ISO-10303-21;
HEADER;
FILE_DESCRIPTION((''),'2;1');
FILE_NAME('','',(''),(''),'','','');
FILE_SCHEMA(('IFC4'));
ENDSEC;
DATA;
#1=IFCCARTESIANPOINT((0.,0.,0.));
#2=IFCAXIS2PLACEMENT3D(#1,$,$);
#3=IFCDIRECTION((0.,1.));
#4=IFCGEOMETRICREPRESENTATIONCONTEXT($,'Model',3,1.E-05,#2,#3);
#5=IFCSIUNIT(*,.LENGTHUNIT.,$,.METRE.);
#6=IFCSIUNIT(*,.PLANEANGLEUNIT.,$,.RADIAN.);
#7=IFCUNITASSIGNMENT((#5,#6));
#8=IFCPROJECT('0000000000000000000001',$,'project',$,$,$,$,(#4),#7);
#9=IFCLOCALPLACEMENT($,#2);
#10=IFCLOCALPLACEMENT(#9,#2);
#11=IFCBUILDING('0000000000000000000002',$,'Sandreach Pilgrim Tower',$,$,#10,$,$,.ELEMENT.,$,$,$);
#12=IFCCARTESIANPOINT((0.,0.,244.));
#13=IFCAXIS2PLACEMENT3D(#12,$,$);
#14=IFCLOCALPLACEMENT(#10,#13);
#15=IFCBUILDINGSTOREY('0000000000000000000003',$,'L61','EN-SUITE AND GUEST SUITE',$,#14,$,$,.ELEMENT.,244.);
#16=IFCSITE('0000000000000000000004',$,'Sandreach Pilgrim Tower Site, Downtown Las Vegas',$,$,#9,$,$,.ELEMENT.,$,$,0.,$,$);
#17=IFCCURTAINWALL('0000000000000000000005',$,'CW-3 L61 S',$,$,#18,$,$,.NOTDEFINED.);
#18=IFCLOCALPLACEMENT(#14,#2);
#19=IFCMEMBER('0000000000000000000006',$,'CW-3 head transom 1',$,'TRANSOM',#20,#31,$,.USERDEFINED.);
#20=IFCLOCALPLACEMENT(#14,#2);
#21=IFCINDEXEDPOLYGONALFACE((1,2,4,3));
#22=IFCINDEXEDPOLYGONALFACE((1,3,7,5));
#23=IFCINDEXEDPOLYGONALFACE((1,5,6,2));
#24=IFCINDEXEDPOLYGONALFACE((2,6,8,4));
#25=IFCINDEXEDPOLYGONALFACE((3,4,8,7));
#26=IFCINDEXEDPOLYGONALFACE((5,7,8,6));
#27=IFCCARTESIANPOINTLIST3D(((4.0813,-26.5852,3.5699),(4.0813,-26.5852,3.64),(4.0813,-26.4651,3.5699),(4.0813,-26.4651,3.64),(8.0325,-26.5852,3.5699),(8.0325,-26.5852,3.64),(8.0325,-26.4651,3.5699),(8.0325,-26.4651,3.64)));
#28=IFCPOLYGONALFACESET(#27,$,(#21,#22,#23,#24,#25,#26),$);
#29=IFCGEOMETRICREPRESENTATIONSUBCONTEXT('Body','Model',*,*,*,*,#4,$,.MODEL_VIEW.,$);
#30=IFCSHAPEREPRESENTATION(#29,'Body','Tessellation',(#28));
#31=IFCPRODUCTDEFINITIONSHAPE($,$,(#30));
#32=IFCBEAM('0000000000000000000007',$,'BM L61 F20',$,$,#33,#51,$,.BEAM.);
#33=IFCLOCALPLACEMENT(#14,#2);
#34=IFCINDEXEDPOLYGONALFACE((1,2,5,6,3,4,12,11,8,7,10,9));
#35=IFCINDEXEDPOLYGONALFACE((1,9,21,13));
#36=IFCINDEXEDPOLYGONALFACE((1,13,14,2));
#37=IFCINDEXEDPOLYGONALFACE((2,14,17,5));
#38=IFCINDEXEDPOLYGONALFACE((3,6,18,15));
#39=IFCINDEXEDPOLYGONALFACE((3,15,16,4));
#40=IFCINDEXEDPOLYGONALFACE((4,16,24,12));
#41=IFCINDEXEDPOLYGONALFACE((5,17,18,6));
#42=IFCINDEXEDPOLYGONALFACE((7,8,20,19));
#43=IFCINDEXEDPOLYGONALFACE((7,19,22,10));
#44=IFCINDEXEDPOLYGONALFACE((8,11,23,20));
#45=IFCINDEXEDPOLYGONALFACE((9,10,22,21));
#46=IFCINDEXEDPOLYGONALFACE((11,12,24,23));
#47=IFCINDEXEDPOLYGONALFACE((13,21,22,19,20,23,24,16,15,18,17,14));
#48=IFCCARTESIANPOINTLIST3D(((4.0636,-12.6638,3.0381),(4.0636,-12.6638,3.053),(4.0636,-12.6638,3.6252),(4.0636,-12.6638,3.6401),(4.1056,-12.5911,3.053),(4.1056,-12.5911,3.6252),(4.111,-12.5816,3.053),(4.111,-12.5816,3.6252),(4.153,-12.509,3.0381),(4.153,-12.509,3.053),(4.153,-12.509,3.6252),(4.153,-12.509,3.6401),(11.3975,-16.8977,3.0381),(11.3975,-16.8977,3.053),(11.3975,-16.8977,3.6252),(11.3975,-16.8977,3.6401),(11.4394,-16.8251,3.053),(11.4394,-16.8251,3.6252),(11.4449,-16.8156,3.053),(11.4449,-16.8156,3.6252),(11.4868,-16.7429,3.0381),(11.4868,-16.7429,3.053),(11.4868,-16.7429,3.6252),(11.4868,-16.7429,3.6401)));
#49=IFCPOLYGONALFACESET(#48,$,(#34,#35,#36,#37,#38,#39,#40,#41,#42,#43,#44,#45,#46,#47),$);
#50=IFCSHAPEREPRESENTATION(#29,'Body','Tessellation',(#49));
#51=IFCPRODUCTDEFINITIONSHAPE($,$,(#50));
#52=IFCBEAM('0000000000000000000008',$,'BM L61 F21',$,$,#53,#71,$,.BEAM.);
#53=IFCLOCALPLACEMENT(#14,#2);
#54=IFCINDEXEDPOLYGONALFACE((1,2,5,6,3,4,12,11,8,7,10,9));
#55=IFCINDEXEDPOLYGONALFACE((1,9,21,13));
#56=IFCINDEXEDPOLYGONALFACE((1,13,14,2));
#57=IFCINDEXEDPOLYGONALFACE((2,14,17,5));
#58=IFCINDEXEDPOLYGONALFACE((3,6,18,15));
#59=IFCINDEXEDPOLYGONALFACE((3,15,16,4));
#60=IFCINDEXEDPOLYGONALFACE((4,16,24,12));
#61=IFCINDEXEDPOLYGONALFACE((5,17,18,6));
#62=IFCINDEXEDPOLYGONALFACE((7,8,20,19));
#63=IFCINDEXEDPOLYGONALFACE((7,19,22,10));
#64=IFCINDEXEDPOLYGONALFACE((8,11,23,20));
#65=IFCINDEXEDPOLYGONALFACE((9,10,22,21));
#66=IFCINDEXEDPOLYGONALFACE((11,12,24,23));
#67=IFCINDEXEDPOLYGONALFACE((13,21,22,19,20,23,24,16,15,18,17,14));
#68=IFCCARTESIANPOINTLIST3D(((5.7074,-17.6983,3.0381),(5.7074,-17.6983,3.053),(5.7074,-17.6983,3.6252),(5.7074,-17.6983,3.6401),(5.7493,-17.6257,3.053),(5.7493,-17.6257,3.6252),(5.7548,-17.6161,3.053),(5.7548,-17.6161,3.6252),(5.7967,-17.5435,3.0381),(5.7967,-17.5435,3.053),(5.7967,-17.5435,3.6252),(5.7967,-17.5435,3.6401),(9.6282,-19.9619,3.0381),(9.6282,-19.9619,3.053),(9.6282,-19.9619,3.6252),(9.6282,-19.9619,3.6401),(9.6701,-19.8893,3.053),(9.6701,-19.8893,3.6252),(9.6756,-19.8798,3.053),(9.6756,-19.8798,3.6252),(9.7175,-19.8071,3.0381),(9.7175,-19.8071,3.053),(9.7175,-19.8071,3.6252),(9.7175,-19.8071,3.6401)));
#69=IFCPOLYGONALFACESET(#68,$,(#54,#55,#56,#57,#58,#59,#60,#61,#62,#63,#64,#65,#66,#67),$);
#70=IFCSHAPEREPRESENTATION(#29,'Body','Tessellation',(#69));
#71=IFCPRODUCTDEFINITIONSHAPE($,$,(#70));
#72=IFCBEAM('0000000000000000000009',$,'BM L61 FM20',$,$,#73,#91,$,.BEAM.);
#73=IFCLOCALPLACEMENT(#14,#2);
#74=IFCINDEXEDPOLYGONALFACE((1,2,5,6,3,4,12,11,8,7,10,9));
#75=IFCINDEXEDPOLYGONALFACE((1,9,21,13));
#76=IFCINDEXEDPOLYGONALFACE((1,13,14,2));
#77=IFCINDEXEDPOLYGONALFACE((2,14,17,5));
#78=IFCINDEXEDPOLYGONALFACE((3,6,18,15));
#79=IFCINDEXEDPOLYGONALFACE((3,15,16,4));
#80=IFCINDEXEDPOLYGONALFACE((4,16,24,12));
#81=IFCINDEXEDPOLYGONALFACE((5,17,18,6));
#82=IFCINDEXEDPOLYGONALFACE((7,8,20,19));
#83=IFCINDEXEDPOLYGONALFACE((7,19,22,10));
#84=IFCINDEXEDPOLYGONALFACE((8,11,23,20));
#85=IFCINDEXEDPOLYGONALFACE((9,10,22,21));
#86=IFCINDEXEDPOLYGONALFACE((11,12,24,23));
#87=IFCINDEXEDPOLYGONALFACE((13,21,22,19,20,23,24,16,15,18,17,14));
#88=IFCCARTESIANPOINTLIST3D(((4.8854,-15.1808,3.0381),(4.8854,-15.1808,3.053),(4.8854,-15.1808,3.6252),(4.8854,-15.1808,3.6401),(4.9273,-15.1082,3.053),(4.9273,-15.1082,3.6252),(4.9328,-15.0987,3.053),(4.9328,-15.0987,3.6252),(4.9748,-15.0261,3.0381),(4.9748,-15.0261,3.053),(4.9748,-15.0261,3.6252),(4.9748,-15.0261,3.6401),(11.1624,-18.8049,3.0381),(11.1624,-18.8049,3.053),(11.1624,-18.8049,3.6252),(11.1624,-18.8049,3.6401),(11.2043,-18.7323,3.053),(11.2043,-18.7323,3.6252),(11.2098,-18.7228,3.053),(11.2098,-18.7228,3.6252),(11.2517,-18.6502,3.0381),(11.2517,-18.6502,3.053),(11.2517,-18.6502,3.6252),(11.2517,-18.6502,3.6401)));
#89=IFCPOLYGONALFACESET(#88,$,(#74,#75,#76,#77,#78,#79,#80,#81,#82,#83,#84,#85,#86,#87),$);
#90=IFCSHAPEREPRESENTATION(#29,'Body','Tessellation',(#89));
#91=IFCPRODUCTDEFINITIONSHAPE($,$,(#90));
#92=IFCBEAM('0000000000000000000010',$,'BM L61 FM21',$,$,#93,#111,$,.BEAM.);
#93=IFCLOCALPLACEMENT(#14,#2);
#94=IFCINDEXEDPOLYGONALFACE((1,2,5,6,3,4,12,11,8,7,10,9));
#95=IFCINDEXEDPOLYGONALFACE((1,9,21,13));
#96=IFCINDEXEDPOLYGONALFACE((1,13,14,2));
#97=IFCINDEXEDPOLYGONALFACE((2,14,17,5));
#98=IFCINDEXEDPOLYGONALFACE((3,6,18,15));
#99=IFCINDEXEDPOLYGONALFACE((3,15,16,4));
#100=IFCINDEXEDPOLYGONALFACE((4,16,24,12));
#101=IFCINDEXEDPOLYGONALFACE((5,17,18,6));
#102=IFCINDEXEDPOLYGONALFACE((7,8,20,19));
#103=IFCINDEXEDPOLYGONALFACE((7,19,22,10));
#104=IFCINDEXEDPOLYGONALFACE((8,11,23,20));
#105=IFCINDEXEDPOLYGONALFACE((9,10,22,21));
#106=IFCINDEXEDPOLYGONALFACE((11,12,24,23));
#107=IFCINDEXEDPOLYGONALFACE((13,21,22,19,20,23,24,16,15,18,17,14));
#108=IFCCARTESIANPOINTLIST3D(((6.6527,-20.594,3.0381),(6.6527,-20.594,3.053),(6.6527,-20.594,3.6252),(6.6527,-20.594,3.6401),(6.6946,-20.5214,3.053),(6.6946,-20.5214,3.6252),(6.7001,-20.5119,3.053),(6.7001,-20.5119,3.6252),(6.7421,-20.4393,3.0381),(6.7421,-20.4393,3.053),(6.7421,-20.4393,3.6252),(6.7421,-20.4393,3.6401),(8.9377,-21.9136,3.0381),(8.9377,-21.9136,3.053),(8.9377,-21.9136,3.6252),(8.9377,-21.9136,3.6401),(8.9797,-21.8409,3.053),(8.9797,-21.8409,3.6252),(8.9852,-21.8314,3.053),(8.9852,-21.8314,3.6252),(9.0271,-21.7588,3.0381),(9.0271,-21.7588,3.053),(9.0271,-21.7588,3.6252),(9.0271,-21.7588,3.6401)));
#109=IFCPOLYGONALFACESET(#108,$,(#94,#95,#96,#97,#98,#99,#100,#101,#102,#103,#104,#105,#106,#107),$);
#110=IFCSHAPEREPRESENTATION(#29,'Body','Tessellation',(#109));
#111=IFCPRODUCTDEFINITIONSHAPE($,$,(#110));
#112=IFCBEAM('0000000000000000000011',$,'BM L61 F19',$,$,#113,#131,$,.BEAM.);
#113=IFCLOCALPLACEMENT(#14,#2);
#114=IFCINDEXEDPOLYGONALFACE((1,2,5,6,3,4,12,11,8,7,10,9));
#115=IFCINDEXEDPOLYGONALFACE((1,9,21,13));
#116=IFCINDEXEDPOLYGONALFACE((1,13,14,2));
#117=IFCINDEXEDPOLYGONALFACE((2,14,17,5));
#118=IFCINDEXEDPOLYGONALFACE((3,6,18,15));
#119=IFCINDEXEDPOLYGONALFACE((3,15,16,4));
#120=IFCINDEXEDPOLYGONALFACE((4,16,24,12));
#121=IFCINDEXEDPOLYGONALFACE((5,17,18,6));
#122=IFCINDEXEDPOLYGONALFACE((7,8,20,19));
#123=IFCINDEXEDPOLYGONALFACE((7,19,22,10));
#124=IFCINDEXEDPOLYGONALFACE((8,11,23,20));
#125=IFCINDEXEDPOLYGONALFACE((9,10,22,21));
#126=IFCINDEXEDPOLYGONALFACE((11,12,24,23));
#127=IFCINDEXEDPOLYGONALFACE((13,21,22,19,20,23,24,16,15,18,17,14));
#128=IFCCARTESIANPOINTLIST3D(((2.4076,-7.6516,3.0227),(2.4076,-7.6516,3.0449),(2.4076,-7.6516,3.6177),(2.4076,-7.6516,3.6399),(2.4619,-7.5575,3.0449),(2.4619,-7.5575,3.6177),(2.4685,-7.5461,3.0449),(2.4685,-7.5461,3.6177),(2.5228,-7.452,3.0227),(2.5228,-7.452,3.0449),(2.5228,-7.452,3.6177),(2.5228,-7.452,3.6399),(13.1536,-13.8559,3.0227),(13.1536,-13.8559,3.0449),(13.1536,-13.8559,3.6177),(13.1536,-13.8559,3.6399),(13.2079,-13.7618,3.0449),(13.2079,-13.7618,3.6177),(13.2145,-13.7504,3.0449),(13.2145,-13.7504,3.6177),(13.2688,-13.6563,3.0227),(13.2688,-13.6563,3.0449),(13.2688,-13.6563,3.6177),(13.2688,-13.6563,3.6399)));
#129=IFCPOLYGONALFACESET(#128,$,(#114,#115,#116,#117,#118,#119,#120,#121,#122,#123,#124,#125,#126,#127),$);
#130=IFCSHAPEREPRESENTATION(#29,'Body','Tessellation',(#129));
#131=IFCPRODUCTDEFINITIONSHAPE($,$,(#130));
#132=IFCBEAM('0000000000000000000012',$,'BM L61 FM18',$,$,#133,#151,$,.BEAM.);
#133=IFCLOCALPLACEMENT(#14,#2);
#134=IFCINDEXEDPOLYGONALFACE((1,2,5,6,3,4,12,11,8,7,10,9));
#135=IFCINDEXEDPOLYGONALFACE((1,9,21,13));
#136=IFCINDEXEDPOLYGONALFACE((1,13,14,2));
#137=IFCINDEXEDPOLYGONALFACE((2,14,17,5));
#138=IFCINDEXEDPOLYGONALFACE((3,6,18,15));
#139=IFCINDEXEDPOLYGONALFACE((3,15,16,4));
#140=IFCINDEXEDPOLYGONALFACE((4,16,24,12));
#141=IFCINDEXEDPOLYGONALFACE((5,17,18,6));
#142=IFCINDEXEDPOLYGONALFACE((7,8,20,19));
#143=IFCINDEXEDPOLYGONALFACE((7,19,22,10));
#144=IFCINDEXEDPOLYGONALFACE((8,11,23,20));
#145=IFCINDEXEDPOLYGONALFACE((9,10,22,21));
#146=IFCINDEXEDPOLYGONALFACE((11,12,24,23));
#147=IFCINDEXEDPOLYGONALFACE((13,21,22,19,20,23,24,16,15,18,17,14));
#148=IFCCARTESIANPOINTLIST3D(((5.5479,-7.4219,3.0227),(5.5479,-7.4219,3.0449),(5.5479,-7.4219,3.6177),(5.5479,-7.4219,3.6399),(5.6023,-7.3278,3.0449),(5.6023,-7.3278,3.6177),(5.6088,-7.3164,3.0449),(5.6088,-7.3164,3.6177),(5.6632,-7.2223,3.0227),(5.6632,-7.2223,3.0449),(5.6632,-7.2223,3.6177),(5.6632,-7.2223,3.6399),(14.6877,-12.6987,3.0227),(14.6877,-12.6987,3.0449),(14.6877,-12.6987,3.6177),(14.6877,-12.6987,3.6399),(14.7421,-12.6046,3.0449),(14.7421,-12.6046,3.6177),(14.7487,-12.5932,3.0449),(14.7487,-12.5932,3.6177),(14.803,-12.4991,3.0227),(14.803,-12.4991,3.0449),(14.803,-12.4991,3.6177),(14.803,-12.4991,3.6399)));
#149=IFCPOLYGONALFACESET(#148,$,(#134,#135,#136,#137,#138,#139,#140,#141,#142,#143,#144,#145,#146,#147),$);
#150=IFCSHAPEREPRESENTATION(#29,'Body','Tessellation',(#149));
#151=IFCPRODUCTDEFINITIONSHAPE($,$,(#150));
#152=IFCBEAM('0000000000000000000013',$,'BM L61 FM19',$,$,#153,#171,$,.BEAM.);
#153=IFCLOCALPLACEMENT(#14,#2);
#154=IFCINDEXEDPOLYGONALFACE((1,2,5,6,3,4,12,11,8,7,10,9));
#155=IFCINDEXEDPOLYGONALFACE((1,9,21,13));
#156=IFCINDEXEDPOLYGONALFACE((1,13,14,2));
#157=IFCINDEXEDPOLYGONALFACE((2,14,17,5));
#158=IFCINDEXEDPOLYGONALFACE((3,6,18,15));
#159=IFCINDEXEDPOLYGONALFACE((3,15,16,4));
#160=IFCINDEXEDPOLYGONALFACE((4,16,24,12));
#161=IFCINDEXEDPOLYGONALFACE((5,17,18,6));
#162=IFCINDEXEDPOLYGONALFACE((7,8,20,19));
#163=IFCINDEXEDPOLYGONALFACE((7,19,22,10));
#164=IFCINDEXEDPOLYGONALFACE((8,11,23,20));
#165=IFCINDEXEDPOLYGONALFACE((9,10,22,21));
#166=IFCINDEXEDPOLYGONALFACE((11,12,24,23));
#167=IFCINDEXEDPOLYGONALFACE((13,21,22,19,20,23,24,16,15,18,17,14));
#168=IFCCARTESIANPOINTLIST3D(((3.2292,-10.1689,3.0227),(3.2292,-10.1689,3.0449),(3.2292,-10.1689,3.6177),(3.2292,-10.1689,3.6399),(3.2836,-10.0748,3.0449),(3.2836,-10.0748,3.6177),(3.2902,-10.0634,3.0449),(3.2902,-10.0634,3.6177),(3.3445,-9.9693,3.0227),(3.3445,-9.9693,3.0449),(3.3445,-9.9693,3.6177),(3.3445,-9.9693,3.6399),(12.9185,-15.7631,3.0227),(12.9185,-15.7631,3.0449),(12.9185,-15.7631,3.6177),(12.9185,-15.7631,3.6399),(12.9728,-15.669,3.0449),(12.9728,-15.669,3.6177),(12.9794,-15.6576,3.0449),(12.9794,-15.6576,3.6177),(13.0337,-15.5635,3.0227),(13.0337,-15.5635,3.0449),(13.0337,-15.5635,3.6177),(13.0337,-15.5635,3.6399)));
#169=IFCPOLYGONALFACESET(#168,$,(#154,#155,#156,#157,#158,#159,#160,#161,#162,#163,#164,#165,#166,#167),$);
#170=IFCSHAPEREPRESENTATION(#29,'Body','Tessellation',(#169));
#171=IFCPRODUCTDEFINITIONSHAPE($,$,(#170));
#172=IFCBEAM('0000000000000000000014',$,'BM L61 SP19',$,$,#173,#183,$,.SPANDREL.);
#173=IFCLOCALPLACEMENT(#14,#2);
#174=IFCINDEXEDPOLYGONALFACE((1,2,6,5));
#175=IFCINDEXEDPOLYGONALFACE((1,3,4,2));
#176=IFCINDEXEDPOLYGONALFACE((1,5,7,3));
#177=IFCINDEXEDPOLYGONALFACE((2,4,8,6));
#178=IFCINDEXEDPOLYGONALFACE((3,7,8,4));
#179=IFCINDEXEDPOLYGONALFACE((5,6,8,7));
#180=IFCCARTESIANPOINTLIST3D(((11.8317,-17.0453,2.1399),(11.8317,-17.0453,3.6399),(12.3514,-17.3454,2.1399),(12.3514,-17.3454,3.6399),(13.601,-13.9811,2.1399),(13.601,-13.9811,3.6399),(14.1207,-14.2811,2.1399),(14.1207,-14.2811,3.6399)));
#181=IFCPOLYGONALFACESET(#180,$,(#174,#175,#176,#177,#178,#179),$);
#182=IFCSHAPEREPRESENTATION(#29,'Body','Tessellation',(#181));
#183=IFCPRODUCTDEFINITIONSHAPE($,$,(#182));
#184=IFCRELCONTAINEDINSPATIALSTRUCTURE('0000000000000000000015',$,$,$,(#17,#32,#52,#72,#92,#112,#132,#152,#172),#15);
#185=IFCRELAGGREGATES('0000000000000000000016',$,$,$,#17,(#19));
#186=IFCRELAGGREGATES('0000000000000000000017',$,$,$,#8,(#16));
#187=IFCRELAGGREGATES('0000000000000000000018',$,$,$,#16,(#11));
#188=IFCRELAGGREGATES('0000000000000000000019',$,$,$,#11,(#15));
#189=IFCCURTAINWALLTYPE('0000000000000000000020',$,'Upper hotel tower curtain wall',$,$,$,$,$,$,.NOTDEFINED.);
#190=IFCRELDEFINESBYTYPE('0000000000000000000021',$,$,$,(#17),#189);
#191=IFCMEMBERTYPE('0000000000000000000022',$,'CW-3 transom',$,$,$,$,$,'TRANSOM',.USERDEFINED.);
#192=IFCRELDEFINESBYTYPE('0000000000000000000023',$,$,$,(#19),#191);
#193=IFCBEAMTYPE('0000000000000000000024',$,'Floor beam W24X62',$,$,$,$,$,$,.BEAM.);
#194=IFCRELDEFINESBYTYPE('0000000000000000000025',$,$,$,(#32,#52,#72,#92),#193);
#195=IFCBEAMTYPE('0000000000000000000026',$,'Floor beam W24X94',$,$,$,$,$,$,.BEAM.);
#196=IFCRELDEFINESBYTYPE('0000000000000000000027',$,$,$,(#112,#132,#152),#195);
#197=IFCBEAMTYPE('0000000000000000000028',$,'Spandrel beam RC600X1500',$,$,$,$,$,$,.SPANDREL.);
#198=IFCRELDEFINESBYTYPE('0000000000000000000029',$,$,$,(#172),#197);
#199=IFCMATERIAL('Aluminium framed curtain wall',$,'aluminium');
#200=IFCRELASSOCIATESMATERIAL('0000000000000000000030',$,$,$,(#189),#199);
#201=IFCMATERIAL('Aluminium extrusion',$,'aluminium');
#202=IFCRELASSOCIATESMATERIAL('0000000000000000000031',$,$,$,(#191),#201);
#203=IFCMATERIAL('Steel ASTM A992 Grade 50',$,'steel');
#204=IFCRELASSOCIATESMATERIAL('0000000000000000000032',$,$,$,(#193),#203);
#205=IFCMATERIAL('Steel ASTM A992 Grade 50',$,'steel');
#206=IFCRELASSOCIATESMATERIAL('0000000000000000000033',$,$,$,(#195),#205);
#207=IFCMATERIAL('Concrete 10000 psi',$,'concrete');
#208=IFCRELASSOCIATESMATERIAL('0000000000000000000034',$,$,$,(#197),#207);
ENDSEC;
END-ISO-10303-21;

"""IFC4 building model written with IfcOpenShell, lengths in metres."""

from ifc_helpers import new_model, si_unit, direction, frame, origin, origin_2d, place, context, subcontext, project, spatial, rectangle, i_section, extrude, material, material_profile, profile_set, type_object, element, aggregate, save


model = new_model("IFC4")

# Units and contexts
model_context = context("Model", 3, precision=1e-05, world=origin(), true_north=direction((0.0, 1.0)))
body_context = subcontext(model_context, "Body", "Model", "MODEL_VIEW")
ifc_project = project(units=[si_unit("LENGTHUNIT", "METRE"), si_unit("PLANEANGLEUNIT", "RADIAN")], contexts=[model_context])

# Site, building, storey
site_placement = place(None, origin())
site = spatial("IfcSite", under=ifc_project, at=site_placement, Name="Sandreach Pilgrim Tower Site, Downtown Las Vegas", CompositionType="ELEMENT", RefElevation=0.0)
building_placement = place(site_placement, origin())
building = spatial("IfcBuilding", under=site, at=building_placement, Name="Sandreach Pilgrim Tower", CompositionType="ELEMENT")
storey_placement = place(building_placement, frame((0.0, 0.0, 244.0)))
storey = spatial("IfcBuildingStorey", under=building, at=storey_placement, Name="L61", Description="EN-SUITE AND GUEST SUITE", CompositionType="ELEMENT", Elevation=244.0)

# Shared definitions
ifc_material_1 = material(Name="Aluminium framed curtain wall", Category="aluminium")
curtain_wall_type = type_object("IfcCurtainWallType", Name="Upper hotel tower curtain wall", PredefinedType="NOTDEFINED", material=ifc_material_1)

# Curtain wall
curtain_wall_1_placement = place(storey_placement, origin())
curtain_wall_1 = element("IfcCurtainWall", 1, at=curtain_wall_1_placement, inside=storey, type_object=curtain_wall_type, Name="CW-3 L61 S", PredefinedType="NOTDEFINED")

# Member
ifc_material_2 = material(Name="Aluminium extrusion", Category="aluminium")
ifc_material_profile_1 = material_profile(ifc_material_2, rectangle(XDim=0.1201, YDim=0.0701, at=origin_2d()), Name="CW-3T 120X70")
ifc_profile_set_1 = profile_set([ifc_material_profile_1], Name="Aluminium extrusion")
member_type_1 = type_object("IfcMemberType", Name="CW-3 transom", ElementType="TRANSOM", PredefinedType="USERDEFINED", material=ifc_profile_set_1)
member_1_placement = place(storey_placement, frame((8.0325, -26.5251, 3.605), z_axis=(-1.0, 0.0, 0.0), x_axis=(0.0, -1.0, 0.0)))
member_1 = element("IfcMember", 2, at=member_1_placement, type_object=member_type_1, Name="CW-3 head transom 1", ObjectType="TRANSOM", PredefinedType="USERDEFINED", context=body_context, shape_type="SweptSolid", body=[
    extrude(rectangle(XDim=0.1201, YDim=0.0701, at=origin_2d()), origin(), (0.0, 0.0, 1.0), 3.9512),
])
aggregate(curtain_wall_1, [member_1])

# Beams
ifc_material_3 = material(Name="Steel ASTM A992 Grade 50", Category="steel")
ifc_material_profile_2 = material_profile(ifc_material_3, i_section(OverallWidth=0.1787, OverallDepth=0.6021, WebThickness=0.011, FlangeThickness=0.0149, at=origin_2d()), Name="W24X62")
ifc_profile_set_2 = profile_set([ifc_material_profile_2], Name="Steel ASTM A992 Grade 50")
beam_type_1 = type_object("IfcBeamType", Name="Floor beam W24X62", PredefinedType="BEAM", material=ifc_profile_set_2)
beam_1_placement = place(storey_placement, frame((11.4421, -16.8203, 3.3391), z_axis=(-0.866038, 0.499978, 0.0), x_axis=(-0.499978, -0.866038, 0.0)))
element("IfcBeam", 3, at=beam_1_placement, inside=storey, type_object=beam_type_1, Name="BM L61 F20", PredefinedType="BEAM", context=body_context, shape_type="SweptSolid", body=[
    extrude(i_section(OverallWidth=0.1787, OverallDepth=0.6021, WebThickness=0.011, FlangeThickness=0.0149, at=origin_2d()), origin(), (0.0, 0.0, 1.0), 8.4683),
])
beam_2_placement = place(storey_placement, frame((9.6729, -19.8845, 3.3391), z_axis=(-0.866031, 0.49999, 0.0), x_axis=(-0.49999, -0.866031, 0.0)))
element("IfcBeam", 4, at=beam_2_placement, inside=storey, type_object=beam_type_1, Name="BM L61 F21", PredefinedType="BEAM", context=body_context, shape_type="SweptSolid", body=[
    extrude(i_section(OverallWidth=0.1787, OverallDepth=0.6021, WebThickness=0.011, FlangeThickness=0.0149, at=origin_2d()), origin(), (0.0, 0.0, 1.0), 4.5273),
])
beam_3_placement = place(storey_placement, frame((11.207, -18.7275, 3.3391), z_axis=(-0.866021, 0.500008, 0.0), x_axis=(-0.500008, -0.866021, 0.0)))
element("IfcBeam", 5, at=beam_3_placement, inside=storey, type_object=beam_type_1, Name="BM L61 FM20", PredefinedType="BEAM", context=body_context, shape_type="SweptSolid", body=[
    extrude(i_section(OverallWidth=0.1787, OverallDepth=0.6021, WebThickness=0.011, FlangeThickness=0.0149, at=origin_2d()), origin(), (0.0, 0.0, 1.0), 7.248),
])
beam_4_placement = place(storey_placement, frame((8.9824, -21.8362, 3.3391), z_axis=(-0.865985, 0.500069, 0.0), x_axis=(-0.500069, -0.865985, 0.0)))
element("IfcBeam", 6, at=beam_4_placement, inside=storey, type_object=beam_type_1, Name="BM L61 FM21", PredefinedType="BEAM", context=body_context, shape_type="SweptSolid", body=[
    extrude(i_section(OverallWidth=0.1787, OverallDepth=0.6021, WebThickness=0.011, FlangeThickness=0.0149, at=origin_2d()), origin(), (0.0, 0.0, 1.0), 2.6387),
])
ifc_material_4 = material(Name="Steel ASTM A992 Grade 50", Category="steel")
ifc_material_profile_3 = material_profile(ifc_material_4, i_section(OverallWidth=0.2305, OverallDepth=0.6172, WebThickness=0.0132, FlangeThickness=0.0222, at=origin_2d()), Name="W24X94")
ifc_profile_set_3 = profile_set([ifc_material_profile_3], Name="Steel ASTM A992 Grade 50")
beam_type_2 = type_object("IfcBeamType", Name="Floor beam W24X94", PredefinedType="BEAM", material=ifc_profile_set_3)
beam_5_placement = place(storey_placement, frame((13.2112, -13.7561, 3.3313), z_axis=(-0.866022, 0.500005, 0.0), x_axis=(-0.500005, -0.866022, 0.0)))
element("IfcBeam", 7, at=beam_5_placement, inside=storey, type_object=beam_type_2, Name="BM L61 F19", PredefinedType="BEAM", context=body_context, shape_type="SweptSolid", body=[
    extrude(i_section(OverallWidth=0.2305, OverallDepth=0.6172, WebThickness=0.0132, FlangeThickness=0.0222, at=origin_2d()), origin(), (0.0, 0.0, 1.0), 12.4084),
])
beam_6_placement = place(storey_placement, frame((14.7454, -12.5989, 3.3313), z_axis=(-0.866028, 0.499995, 0.0), x_axis=(-0.499995, -0.866028, 0.0)))
element("IfcBeam", 8, at=beam_6_placement, inside=storey, type_object=beam_type_2, Name="BM L61 FM18", PredefinedType="BEAM", context=body_context, shape_type="SweptSolid", body=[
    extrude(i_section(OverallWidth=0.2305, OverallDepth=0.6172, WebThickness=0.0132, FlangeThickness=0.0222, at=origin_2d()), origin(), (0.0, 0.0, 1.0), 10.5537),
])
beam_7_placement = place(storey_placement, frame((12.9761, -15.6633, 3.3313), z_axis=(-0.866019, 0.500011, 0.0), x_axis=(-0.500011, -0.866019, 0.0)))
element("IfcBeam", 9, at=beam_7_placement, inside=storey, type_object=beam_type_2, Name="BM L61 FM19", PredefinedType="BEAM", context=body_context, shape_type="SweptSolid", body=[
    extrude(i_section(OverallWidth=0.2305, OverallDepth=0.6172, WebThickness=0.0132, FlangeThickness=0.0222, at=origin_2d()), origin(), (0.0, 0.0, 1.0), 11.1882),
])
ifc_material_5 = material(Name="Concrete 10000 psi", Category="concrete")
ifc_material_profile_4 = material_profile(ifc_material_5, rectangle(XDim=0.6001, YDim=1.5, at=origin_2d()), Name="RC600X1500")
ifc_profile_set_4 = profile_set([ifc_material_profile_4], Name="Concrete 10000 psi")
beam_type_3 = type_object("IfcBeamType", Name="Spandrel beam RC600X1500", PredefinedType="SPANDREL", material=ifc_profile_set_4)
beam_8_placement = place(storey_placement, frame((13.8608, -14.1311, 2.8899), z_axis=(-0.500035, -0.866005, 0.0), x_axis=(0.866005, -0.500035, 0.0)))
element("IfcBeam", 10, at=beam_8_placement, inside=storey, type_object=beam_type_3, Name="BM L61 SP19", PredefinedType="SPANDREL", context=body_context, shape_type="SweptSolid", body=[
    extrude(rectangle(XDim=0.6001, YDim=1.5, at=origin_2d()), origin(), (0.0, 0.0, 1.0), 3.5383),
])

save(model, "model.ifc")
